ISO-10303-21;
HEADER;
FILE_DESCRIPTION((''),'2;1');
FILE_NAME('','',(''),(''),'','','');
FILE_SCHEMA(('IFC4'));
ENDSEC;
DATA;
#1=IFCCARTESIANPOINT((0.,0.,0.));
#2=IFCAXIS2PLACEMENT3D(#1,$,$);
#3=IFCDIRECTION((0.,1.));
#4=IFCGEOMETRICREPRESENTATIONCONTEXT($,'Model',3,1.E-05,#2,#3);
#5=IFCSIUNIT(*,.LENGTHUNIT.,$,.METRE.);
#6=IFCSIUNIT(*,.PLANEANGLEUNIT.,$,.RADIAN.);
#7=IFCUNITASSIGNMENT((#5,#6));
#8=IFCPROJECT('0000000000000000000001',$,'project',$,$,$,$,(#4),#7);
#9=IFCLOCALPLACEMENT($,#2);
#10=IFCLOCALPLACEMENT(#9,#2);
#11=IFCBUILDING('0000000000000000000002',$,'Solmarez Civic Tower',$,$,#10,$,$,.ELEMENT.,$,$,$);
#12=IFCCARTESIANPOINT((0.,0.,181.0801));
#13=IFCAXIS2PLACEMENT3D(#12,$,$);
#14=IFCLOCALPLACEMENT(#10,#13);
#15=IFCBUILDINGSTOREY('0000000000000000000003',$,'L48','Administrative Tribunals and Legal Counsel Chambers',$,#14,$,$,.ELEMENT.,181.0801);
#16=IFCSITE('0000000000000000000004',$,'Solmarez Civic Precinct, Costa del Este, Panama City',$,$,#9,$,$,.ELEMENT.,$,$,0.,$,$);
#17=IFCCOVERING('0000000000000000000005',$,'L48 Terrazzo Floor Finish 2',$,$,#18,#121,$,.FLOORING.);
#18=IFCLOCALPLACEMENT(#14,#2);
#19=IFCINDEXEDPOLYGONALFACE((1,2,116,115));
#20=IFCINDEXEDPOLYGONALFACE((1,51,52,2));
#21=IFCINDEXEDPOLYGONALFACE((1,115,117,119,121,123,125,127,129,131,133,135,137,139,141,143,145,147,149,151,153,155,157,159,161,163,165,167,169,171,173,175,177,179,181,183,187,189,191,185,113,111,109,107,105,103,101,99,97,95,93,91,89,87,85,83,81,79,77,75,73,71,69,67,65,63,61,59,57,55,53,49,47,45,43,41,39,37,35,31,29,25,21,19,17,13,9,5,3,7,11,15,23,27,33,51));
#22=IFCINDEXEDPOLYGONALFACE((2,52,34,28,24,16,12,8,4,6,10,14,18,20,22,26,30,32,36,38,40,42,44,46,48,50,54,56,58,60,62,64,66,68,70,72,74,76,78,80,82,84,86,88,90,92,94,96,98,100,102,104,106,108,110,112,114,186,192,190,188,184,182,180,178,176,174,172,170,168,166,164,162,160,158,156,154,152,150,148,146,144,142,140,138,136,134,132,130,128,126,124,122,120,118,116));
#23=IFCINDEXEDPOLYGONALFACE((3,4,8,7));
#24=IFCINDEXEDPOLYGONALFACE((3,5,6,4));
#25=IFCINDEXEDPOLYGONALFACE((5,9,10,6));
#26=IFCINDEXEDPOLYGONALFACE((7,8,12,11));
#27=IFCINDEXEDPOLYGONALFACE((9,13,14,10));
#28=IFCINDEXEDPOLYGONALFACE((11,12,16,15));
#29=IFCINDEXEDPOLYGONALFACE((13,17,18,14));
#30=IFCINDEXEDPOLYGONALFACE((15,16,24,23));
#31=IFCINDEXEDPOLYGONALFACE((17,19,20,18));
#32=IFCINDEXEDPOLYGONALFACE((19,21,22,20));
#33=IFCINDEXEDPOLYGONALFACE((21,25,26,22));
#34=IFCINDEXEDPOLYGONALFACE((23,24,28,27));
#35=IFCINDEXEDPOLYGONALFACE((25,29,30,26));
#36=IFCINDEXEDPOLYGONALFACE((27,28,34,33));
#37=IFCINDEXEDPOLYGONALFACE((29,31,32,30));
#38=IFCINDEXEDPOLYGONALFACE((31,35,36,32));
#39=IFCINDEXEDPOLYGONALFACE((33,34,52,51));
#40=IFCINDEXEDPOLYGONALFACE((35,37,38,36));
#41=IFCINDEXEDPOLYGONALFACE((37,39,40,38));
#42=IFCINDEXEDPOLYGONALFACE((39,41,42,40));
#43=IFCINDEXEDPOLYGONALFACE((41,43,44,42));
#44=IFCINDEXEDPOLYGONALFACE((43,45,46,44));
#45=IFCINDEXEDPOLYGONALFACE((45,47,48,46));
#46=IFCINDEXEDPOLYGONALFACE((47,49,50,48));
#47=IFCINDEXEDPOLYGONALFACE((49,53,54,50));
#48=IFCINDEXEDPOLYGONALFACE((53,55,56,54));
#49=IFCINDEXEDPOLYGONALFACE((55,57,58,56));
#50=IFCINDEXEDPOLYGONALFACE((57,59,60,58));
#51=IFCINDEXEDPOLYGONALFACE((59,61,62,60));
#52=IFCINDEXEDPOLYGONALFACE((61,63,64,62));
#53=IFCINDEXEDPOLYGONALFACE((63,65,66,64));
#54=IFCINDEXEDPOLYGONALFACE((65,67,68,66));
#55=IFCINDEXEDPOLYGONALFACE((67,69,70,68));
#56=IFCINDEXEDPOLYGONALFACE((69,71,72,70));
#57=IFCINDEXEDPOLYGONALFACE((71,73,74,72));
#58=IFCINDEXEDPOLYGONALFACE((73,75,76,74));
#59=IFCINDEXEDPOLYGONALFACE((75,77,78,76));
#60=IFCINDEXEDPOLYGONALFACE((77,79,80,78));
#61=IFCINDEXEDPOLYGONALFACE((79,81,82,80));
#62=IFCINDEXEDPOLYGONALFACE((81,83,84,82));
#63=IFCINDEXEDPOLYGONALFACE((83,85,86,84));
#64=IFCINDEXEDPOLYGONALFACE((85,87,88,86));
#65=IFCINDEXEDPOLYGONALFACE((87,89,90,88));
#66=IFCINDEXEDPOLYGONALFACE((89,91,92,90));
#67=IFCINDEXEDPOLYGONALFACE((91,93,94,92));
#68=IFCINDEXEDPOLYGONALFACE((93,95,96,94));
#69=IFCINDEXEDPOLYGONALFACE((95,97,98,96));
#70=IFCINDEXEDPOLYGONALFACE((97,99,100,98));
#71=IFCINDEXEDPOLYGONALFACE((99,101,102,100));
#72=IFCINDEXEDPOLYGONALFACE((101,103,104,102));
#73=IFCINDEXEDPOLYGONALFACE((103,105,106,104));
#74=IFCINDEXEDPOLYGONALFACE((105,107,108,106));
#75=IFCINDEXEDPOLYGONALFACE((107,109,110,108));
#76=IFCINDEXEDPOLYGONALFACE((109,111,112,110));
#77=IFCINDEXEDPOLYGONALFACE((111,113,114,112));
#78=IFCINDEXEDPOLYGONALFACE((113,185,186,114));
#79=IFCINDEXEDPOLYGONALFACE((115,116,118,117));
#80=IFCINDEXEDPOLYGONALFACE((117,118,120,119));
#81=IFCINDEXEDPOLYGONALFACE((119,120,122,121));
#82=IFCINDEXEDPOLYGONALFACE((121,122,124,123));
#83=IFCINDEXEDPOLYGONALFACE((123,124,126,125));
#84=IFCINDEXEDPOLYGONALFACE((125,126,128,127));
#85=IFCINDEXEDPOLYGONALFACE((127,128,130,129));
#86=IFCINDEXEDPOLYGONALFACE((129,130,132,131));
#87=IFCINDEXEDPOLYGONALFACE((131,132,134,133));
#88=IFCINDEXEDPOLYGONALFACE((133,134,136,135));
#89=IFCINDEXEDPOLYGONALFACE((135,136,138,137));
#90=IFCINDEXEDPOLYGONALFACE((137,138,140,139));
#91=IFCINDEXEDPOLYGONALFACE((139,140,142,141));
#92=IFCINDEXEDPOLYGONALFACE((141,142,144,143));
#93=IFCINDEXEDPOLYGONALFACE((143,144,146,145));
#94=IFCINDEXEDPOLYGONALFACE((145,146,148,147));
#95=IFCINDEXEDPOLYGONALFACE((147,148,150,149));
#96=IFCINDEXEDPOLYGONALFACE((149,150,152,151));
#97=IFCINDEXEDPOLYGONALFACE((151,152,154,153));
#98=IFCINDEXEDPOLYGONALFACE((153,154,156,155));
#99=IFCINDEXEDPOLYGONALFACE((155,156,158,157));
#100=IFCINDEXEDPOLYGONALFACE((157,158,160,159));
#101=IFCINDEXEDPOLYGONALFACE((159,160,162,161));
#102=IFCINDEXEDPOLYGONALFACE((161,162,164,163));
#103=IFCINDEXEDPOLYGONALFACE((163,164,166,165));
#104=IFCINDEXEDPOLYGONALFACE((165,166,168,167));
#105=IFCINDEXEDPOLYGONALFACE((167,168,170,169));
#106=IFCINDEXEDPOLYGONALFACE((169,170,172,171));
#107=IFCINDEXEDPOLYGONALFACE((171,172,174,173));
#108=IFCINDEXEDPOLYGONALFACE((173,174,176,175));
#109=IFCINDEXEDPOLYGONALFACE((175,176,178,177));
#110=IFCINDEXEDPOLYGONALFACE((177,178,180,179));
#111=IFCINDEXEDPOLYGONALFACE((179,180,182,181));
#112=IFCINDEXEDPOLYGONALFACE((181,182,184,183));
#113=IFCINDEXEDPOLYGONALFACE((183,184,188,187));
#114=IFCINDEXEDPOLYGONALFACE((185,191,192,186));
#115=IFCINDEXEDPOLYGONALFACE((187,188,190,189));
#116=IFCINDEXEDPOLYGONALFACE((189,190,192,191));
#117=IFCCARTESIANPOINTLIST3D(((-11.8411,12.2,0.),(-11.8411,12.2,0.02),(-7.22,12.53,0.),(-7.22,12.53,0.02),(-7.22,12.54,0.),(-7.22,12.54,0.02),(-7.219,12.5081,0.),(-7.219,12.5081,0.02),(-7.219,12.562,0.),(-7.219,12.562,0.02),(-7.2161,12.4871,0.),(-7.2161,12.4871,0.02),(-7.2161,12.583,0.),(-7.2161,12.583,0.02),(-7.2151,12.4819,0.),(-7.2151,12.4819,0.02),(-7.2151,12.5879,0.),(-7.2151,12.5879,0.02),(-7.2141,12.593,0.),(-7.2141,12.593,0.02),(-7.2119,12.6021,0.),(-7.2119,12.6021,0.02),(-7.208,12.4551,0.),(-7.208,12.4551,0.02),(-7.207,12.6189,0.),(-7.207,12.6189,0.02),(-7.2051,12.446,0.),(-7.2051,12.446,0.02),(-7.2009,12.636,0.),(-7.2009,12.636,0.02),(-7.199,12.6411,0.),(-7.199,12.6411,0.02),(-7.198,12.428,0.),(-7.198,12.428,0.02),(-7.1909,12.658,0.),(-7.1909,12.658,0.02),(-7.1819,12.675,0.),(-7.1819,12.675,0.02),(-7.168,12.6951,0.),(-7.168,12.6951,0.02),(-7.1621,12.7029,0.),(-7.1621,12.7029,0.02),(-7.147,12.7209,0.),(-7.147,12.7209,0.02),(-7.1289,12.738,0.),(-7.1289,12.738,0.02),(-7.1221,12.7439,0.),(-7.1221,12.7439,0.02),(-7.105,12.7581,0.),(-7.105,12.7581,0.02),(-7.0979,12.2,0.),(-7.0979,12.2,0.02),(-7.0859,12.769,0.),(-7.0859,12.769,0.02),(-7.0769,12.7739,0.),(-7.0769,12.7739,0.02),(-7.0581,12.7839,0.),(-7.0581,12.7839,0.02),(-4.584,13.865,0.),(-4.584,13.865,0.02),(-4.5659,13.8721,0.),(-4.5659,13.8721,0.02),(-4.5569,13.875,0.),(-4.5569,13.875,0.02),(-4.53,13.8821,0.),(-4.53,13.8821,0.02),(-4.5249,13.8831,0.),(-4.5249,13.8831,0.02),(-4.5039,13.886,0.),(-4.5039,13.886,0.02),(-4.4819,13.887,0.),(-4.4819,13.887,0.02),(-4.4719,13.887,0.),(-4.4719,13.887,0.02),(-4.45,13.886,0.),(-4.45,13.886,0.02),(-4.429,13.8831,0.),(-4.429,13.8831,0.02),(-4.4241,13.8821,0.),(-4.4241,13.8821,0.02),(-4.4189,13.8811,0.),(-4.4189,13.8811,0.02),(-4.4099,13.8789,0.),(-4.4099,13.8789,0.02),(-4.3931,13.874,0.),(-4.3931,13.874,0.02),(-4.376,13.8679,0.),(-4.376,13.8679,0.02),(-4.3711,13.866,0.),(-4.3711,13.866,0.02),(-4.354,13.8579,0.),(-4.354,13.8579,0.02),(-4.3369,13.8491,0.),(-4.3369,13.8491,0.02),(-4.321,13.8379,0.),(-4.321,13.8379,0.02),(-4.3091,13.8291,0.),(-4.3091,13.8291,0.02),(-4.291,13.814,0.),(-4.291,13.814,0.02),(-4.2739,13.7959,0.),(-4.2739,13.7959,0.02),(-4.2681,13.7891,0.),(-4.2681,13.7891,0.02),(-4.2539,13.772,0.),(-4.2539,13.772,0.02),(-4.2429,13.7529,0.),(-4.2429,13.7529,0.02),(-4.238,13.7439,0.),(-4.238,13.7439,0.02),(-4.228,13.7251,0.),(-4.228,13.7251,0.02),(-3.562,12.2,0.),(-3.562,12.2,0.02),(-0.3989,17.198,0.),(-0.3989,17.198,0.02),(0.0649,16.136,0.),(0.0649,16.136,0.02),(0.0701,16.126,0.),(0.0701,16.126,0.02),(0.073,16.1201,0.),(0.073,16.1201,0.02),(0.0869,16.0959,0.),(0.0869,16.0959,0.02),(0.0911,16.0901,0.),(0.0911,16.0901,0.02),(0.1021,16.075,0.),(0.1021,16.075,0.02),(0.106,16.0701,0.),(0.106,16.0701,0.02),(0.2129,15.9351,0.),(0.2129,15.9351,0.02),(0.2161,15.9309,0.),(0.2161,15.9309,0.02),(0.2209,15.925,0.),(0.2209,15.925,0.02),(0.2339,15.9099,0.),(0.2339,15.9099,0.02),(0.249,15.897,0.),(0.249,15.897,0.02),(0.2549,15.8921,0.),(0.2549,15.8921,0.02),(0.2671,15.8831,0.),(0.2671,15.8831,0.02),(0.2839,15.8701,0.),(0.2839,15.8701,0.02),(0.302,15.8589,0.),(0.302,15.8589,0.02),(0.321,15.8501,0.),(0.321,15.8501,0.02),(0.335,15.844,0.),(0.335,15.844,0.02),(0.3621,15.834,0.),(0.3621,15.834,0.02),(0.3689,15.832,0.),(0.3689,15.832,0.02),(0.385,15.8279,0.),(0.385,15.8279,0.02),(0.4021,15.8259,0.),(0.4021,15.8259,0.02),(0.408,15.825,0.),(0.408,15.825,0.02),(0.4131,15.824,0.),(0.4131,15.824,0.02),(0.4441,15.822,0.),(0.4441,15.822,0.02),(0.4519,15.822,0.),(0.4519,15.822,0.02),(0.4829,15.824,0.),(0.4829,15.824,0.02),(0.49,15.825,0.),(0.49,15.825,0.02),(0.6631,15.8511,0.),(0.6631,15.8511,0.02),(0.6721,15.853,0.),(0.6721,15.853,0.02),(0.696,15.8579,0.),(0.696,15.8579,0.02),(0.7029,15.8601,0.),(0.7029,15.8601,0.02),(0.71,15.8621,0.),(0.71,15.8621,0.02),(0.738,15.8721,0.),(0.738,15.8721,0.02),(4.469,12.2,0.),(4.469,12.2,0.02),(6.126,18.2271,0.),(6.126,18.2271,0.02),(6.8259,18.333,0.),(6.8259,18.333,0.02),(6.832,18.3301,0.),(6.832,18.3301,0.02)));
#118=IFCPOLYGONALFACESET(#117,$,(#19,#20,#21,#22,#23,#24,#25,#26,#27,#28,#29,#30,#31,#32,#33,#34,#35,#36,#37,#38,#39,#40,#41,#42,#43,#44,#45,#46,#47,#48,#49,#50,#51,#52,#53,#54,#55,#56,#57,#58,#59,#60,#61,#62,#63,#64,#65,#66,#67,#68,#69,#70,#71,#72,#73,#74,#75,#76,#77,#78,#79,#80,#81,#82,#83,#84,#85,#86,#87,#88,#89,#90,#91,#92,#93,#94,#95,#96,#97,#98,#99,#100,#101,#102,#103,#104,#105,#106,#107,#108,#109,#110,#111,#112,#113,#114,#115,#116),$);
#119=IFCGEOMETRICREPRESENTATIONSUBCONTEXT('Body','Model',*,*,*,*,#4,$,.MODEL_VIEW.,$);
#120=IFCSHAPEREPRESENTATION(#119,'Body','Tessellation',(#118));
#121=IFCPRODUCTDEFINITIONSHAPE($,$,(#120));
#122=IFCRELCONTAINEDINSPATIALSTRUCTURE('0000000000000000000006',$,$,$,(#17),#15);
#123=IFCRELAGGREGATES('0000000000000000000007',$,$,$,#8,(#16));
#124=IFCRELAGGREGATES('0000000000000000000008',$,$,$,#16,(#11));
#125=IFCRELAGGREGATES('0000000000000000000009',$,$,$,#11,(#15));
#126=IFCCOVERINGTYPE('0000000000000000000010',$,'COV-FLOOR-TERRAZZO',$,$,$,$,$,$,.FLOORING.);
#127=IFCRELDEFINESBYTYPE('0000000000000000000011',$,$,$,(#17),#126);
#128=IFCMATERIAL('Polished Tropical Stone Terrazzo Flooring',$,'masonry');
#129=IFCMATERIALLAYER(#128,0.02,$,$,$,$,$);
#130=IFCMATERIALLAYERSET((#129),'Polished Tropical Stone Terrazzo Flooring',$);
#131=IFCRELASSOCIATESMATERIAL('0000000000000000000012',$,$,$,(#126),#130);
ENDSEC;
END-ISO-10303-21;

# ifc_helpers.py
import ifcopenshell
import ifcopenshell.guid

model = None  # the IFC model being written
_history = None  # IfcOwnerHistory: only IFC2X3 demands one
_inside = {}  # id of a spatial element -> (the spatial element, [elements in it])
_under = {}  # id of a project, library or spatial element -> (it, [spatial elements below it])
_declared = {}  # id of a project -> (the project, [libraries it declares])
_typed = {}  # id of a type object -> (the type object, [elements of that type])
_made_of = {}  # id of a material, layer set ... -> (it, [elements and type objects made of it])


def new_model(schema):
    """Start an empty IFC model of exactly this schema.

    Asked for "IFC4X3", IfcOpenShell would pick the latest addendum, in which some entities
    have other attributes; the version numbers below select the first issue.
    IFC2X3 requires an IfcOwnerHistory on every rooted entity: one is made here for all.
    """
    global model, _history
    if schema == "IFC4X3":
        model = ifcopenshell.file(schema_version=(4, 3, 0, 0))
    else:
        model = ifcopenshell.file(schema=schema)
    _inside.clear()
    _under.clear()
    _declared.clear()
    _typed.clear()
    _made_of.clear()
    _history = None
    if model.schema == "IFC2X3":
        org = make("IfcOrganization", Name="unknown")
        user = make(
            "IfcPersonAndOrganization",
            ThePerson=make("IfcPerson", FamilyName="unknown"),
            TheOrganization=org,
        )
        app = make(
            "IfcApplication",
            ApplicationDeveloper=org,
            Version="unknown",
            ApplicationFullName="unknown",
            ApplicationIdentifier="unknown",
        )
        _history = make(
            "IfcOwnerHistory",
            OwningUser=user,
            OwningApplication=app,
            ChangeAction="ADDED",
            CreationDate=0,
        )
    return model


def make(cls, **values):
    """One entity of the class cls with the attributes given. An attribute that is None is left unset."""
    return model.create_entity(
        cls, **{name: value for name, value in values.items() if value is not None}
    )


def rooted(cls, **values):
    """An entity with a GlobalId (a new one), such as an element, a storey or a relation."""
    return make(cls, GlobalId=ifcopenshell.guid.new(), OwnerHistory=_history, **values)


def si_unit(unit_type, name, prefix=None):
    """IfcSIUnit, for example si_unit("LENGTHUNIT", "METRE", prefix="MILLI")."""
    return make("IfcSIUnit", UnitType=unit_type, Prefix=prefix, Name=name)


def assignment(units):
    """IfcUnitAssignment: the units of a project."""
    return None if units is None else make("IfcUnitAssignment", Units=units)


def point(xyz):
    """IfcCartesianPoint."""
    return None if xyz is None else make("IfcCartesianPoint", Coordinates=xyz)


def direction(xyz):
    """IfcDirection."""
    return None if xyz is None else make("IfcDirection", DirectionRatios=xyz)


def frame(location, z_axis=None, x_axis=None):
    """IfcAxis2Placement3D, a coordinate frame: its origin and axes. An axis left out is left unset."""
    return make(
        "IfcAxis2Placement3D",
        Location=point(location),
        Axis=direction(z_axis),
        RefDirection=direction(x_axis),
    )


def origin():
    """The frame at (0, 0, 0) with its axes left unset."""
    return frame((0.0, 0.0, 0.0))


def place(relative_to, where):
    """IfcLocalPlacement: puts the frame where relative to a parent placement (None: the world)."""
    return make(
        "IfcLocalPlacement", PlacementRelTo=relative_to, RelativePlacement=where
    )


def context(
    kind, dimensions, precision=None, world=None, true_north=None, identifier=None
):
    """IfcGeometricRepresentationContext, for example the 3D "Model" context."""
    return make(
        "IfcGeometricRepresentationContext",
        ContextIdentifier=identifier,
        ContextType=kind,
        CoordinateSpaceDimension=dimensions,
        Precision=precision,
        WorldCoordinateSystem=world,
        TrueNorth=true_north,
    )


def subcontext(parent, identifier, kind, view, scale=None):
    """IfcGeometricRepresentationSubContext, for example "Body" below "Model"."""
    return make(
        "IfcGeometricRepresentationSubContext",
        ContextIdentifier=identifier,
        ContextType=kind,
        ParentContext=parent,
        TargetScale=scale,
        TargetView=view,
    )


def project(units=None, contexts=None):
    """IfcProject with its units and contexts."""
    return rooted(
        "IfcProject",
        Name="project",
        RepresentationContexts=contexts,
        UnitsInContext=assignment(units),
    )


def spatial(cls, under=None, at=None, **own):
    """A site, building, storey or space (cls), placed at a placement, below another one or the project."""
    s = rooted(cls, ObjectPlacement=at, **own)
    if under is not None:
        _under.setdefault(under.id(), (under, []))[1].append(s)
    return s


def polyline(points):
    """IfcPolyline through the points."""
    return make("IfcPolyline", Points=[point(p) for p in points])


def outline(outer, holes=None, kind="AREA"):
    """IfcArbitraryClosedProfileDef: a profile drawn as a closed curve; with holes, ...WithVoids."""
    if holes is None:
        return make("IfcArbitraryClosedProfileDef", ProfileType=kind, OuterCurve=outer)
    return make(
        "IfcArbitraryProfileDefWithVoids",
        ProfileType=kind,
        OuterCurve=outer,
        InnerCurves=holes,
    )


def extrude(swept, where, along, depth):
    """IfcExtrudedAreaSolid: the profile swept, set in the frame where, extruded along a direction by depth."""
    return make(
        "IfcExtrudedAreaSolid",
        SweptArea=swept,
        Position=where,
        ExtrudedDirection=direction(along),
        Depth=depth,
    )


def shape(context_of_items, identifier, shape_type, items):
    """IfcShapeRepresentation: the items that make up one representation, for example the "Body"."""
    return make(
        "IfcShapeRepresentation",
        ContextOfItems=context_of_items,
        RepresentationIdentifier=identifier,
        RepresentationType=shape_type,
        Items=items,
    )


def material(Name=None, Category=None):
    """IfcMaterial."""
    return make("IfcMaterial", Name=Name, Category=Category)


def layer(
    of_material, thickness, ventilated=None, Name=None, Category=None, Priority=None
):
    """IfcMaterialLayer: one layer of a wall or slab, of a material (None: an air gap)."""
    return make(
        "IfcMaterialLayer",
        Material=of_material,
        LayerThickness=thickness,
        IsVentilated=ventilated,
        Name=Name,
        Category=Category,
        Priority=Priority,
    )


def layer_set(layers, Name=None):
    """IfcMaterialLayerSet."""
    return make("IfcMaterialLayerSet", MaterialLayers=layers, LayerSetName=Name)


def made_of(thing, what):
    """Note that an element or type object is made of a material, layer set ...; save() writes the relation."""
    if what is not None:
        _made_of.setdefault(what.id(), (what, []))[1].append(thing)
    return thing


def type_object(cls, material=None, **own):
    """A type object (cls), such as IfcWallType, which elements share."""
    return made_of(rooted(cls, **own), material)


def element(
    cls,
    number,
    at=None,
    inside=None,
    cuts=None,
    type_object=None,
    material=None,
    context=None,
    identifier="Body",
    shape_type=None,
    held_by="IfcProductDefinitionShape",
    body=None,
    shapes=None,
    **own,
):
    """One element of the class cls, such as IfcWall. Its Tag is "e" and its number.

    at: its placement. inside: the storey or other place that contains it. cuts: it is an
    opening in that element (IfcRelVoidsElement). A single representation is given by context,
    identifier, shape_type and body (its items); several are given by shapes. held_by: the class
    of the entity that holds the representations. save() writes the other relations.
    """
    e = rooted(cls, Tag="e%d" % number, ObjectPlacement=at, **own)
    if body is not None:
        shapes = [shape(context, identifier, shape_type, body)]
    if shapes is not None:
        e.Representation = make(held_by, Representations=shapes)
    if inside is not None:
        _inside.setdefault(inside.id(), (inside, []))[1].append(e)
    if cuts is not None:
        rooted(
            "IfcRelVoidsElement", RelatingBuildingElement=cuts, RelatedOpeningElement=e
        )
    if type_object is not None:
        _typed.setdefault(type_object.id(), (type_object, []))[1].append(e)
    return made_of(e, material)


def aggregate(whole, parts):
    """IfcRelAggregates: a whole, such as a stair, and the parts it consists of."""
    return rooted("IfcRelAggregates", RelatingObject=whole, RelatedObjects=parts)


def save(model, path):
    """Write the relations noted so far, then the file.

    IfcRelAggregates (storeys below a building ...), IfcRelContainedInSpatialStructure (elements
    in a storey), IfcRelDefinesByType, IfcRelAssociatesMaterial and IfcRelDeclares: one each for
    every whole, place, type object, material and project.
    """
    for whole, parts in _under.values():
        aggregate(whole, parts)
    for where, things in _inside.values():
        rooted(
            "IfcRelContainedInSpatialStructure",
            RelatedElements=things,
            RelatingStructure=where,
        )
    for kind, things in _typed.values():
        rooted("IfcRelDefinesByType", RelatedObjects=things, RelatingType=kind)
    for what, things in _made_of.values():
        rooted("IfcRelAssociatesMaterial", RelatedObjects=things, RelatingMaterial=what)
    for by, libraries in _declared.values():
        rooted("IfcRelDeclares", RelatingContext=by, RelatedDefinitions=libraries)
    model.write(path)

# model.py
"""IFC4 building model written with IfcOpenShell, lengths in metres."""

from ifc_helpers import new_model, si_unit, direction, frame, origin, place, context, subcontext, project, spatial, polyline, outline, extrude, material, layer, layer_set, type_object, element, save


model = new_model("IFC4")

# Units and contexts
model_context = context("Model", 3, precision=1e-05, world=origin(), true_north=direction((0.0, 1.0)))
body_context = subcontext(model_context, "Body", "Model", "MODEL_VIEW")
ifc_project = project(units=[si_unit("LENGTHUNIT", "METRE"), si_unit("PLANEANGLEUNIT", "RADIAN")], contexts=[model_context])

# Site, building, storey
site_placement = place(None, origin())
site = spatial("IfcSite", under=ifc_project, at=site_placement, Name="Solmarez Civic Precinct, Costa del Este, Panama City", CompositionType="ELEMENT", RefElevation=0.0)
building_placement = place(site_placement, origin())
building = spatial("IfcBuilding", under=site, at=building_placement, Name="Solmarez Civic Tower", CompositionType="ELEMENT")
storey_placement = place(building_placement, frame((0.0, 0.0, 181.0801)))
storey = spatial("IfcBuildingStorey", under=building, at=storey_placement, Name="L48", Description="Administrative Tribunals and Legal Counsel Chambers", CompositionType="ELEMENT", Elevation=181.0801)

# Covering
ifc_material_1 = material(Name="Polished Tropical Stone Terrazzo Flooring", Category="masonry")
ifc_layer_1 = layer(ifc_material_1, 0.02)
ifc_layer_set_1 = layer_set([ifc_layer_1], Name="Polished Tropical Stone Terrazzo Flooring")
covering_type_1 = type_object("IfcCoveringType", Name="COV-FLOOR-TERRAZZO", PredefinedType="FLOORING", material=ifc_layer_set_1)
covering_1_placement = place(storey_placement, origin())
element("IfcCovering", 1, at=covering_1_placement, inside=storey, type_object=covering_type_1, Name="L48 Terrazzo Floor Finish 2", PredefinedType="FLOORING", context=body_context, shape_type="SweptSolid", body=[
    extrude(outline(polyline([(-11.8411, 12.2), (-7.0979, 12.2), (-7.198, 12.428), (-7.2051, 12.446), (-7.208, 12.4551), (-7.2151, 12.4819), (-7.2161, 12.4871), (-7.219, 12.5081), (-7.22, 12.53), (-7.22, 12.54), (-7.219, 12.562), (-7.2161, 12.583), (-7.2151, 12.5879), (-7.2141, 12.593), (-7.2119, 12.6021), (-7.207, 12.6189), (-7.2009, 12.636), (-7.199, 12.6411), (-7.1909, 12.658), (-7.1819, 12.675), (-7.168, 12.6951), (-7.1621, 12.7029), (-7.147, 12.7209), (-7.1289, 12.738), (-7.1221, 12.7439), (-7.105, 12.7581), (-7.0859, 12.769), (-7.0769, 12.7739), (-7.0581, 12.7839), (-4.584, 13.865), (-4.5659, 13.8721), (-4.5569, 13.875), (-4.53, 13.8821), (-4.5249, 13.8831), (-4.5039, 13.886), (-4.4819, 13.887), (-4.4719, 13.887), (-4.45, 13.886), (-4.429, 13.8831), (-4.4241, 13.8821), (-4.4189, 13.8811), (-4.4099, 13.8789), (-4.3931, 13.874), (-4.376, 13.8679), (-4.3711, 13.866), (-4.354, 13.8579), (-4.3369, 13.8491), (-4.321, 13.8379), (-4.3091, 13.8291), (-4.291, 13.814), (-4.2739, 13.7959), (-4.2681, 13.7891), (-4.2539, 13.772), (-4.2429, 13.7529), (-4.238, 13.7439), (-4.228, 13.7251), (-3.562, 12.2), (4.469, 12.2), (6.832, 18.3301), (6.8259, 18.333), (6.126, 18.2271), (0.738, 15.8721), (0.71, 15.8621), (0.7029, 15.8601), (0.696, 15.8579), (0.6721, 15.853), (0.6631, 15.8511), (0.49, 15.825), (0.4829, 15.824), (0.4519, 15.822), (0.4441, 15.822), (0.4131, 15.824), (0.408, 15.825), (0.4021, 15.8259), (0.385, 15.8279), (0.3689, 15.832), (0.3621, 15.834), (0.335, 15.844), (0.321, 15.8501), (0.302, 15.8589), (0.2839, 15.8701), (0.2671, 15.8831), (0.2549, 15.8921), (0.249, 15.897), (0.2339, 15.9099), (0.2209, 15.925), (0.2161, 15.9309), (0.2129, 15.9351), (0.106, 16.0701), (0.1021, 16.075), (0.0911, 16.0901), (0.0869, 16.0959), (0.073, 16.1201), (0.0701, 16.126), (0.0649, 16.136), (-0.3989, 17.198), (-11.8411, 12.2)])), origin(), (0.0, 0.0, 1.0), 0.02),
])

save(model, "model.ifc")
